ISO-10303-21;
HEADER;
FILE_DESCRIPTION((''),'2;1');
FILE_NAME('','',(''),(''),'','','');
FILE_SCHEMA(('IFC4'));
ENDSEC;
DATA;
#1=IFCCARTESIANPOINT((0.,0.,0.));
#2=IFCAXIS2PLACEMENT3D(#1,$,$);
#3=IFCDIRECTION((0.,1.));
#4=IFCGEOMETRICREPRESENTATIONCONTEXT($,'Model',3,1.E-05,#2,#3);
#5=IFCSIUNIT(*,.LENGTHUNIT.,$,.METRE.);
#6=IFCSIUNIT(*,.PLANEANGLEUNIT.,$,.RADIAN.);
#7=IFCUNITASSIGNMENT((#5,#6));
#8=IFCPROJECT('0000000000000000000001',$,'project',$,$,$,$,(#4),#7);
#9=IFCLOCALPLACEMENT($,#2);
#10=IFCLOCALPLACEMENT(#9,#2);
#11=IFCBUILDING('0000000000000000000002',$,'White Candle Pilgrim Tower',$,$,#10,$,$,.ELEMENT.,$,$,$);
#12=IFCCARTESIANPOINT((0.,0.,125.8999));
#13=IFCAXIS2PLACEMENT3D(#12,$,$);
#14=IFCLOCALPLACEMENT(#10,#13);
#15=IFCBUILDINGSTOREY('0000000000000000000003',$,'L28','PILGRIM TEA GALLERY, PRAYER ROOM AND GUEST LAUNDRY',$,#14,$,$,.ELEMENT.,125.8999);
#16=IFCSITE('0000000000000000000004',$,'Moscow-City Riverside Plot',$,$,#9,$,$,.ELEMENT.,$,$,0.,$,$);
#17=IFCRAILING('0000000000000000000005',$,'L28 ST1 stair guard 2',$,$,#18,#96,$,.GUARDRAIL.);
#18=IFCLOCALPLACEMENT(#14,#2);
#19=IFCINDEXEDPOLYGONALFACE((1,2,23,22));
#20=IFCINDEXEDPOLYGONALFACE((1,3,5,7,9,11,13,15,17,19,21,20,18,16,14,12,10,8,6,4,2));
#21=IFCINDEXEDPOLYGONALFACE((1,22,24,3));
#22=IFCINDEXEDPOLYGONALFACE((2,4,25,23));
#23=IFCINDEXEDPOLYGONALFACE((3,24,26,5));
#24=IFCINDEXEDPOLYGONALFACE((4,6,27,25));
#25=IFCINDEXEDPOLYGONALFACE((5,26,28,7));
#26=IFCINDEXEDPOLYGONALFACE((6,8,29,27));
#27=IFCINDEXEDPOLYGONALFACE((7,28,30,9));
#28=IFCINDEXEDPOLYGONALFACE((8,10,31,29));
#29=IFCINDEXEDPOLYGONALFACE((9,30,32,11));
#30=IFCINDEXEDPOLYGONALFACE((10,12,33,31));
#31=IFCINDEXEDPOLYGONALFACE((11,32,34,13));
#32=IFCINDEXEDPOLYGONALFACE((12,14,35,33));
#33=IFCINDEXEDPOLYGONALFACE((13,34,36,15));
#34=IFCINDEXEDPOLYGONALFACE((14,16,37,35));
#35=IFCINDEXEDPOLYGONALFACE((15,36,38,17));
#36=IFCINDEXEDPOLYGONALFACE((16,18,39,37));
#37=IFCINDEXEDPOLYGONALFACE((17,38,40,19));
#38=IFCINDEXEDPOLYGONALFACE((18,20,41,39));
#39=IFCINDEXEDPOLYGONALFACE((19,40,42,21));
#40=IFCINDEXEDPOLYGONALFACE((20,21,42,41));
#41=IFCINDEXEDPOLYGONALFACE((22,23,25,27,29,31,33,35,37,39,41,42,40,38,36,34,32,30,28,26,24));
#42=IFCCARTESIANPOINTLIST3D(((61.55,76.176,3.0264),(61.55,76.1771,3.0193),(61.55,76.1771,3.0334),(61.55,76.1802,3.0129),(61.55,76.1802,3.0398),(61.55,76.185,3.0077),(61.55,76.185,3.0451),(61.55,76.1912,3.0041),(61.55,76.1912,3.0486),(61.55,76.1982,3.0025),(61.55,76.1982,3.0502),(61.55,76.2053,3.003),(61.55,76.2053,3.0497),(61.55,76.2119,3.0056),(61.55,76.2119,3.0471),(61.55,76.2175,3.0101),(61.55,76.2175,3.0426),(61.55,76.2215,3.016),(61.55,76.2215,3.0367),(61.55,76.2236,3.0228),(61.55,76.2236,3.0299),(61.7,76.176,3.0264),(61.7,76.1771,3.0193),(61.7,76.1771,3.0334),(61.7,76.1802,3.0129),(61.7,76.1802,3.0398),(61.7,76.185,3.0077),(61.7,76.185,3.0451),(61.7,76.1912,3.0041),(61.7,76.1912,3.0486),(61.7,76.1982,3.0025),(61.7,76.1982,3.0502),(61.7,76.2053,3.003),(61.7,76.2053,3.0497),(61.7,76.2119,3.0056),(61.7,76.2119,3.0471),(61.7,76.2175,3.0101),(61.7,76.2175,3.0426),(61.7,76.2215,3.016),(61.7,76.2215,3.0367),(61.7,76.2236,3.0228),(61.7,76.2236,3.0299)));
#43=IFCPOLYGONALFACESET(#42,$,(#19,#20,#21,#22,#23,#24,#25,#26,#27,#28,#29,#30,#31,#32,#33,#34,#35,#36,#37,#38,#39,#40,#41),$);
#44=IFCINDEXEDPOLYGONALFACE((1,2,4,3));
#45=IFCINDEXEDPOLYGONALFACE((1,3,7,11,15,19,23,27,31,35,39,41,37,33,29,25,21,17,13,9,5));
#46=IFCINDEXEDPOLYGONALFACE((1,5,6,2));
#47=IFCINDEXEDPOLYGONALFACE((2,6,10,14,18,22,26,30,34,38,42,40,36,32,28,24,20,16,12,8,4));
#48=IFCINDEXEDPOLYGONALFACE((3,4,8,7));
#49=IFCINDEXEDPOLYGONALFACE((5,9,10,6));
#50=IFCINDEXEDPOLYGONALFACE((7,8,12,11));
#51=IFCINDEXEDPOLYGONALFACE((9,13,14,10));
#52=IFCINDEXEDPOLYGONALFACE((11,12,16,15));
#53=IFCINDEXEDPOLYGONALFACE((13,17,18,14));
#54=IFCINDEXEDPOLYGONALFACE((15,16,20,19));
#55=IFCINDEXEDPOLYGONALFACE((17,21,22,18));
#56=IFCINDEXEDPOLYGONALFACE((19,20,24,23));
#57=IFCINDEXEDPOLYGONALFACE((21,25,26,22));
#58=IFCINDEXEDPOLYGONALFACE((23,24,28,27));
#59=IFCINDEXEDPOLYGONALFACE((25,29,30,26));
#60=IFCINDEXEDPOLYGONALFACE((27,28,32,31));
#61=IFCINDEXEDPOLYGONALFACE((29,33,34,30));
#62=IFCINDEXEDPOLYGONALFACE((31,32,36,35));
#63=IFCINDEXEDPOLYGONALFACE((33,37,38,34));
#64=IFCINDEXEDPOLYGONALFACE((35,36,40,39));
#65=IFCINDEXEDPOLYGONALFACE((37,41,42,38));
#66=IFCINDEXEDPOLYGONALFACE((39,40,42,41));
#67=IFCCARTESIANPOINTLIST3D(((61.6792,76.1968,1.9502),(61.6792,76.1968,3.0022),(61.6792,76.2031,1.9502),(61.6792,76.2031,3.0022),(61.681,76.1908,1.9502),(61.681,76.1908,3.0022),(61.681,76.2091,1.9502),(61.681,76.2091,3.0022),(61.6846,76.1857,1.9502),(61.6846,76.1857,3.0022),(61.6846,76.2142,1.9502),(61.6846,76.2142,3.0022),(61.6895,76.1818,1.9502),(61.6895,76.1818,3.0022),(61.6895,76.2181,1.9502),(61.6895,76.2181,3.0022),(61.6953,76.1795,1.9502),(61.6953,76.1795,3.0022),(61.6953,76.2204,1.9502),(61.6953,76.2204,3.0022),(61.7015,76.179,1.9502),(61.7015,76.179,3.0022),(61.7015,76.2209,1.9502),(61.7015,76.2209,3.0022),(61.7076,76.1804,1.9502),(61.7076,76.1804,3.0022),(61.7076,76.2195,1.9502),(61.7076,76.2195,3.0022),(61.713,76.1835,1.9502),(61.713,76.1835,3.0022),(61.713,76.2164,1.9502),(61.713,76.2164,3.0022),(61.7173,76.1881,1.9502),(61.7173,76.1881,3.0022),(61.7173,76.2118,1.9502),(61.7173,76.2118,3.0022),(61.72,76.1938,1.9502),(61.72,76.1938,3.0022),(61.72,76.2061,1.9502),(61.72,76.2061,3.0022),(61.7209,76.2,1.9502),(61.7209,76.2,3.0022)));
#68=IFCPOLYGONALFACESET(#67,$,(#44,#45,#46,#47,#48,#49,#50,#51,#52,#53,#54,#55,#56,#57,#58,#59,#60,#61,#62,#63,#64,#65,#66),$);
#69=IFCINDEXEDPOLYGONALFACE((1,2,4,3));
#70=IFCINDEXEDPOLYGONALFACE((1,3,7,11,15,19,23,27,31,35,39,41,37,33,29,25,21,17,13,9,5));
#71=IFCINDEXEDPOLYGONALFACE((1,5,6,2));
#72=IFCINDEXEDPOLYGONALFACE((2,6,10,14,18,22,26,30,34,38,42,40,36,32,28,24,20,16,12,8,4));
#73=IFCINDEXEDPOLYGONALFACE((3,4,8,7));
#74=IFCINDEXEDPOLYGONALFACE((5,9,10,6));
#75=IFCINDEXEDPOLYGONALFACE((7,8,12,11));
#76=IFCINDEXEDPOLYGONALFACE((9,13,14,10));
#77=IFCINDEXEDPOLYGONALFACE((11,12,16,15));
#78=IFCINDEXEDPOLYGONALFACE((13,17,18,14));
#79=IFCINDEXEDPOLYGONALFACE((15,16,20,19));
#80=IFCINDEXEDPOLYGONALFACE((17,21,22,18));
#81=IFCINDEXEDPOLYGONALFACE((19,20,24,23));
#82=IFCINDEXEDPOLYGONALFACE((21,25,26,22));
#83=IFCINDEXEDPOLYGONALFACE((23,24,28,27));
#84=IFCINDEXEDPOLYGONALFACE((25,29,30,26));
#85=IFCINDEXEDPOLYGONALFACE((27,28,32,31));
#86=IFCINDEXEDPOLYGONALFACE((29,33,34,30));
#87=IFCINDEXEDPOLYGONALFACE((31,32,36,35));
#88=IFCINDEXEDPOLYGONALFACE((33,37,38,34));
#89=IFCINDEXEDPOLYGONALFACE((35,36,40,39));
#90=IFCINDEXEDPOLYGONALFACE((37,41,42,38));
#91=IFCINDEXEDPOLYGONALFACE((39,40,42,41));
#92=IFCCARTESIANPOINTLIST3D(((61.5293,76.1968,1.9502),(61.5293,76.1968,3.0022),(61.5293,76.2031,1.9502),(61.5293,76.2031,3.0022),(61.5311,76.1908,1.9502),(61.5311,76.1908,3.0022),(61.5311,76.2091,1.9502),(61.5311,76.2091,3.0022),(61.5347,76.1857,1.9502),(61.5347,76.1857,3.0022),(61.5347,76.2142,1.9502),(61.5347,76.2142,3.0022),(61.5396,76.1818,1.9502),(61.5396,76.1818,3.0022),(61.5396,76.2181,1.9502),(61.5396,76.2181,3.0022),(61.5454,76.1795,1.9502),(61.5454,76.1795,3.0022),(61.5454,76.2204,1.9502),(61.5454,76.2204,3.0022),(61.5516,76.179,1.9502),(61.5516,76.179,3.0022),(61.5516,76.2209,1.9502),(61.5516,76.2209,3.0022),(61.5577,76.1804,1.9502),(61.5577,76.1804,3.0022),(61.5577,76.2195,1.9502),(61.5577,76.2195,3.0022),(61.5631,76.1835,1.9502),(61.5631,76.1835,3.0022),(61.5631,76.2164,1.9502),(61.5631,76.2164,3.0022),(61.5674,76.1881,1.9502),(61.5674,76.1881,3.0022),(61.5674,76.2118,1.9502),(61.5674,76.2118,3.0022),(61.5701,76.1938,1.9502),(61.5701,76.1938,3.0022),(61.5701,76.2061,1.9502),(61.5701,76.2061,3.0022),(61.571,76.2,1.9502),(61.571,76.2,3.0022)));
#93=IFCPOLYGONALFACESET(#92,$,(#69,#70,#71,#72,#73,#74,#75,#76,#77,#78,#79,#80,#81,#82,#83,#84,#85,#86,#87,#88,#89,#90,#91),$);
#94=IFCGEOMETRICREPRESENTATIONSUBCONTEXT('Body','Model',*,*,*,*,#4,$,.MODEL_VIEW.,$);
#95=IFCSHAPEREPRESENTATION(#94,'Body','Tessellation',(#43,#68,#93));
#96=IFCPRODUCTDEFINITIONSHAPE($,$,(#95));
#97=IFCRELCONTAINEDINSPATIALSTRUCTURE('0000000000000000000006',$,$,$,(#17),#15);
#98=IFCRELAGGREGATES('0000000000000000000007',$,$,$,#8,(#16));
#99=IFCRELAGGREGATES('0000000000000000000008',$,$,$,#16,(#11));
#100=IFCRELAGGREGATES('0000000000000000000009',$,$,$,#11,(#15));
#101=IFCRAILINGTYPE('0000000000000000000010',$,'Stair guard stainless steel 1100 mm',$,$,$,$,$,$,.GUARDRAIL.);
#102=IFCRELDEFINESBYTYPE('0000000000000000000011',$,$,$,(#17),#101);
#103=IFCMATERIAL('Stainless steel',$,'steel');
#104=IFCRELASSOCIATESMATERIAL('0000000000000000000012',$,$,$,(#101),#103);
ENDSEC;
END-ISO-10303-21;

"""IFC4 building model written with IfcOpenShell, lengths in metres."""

from ifc_helpers import new_model, si_unit, direction, frame, origin, origin_2d, place, context, subcontext, project, spatial, circle, extrude, material, type_object, element, save


model = new_model("IFC4")

# Units and contexts
model_context = context("Model", 3, precision=1e-05, world=origin(), true_north=direction((0.0, 1.0)))
body_context = subcontext(model_context, "Body", "Model", "MODEL_VIEW")
ifc_project = project(units=[si_unit("LENGTHUNIT", "METRE"), si_unit("PLANEANGLEUNIT", "RADIAN")], contexts=[model_context])

# Site, building, storey
site_placement = place(None, origin())
site = spatial("IfcSite", under=ifc_project, at=site_placement, Name="Moscow-City Riverside Plot", CompositionType="ELEMENT", RefElevation=0.0)
building_placement = place(site_placement, origin())
building = spatial("IfcBuilding", under=site, at=building_placement, Name="White Candle Pilgrim Tower", CompositionType="ELEMENT")
storey_placement = place(building_placement, frame((0.0, 0.0, 125.8999)))
storey = spatial("IfcBuildingStorey", under=building, at=storey_placement, Name="L28", Description="PILGRIM TEA GALLERY, PRAYER ROOM AND GUEST LAUNDRY", CompositionType="ELEMENT", Elevation=125.8999)

# Railing
ifc_material_1 = material(Name="Stainless steel", Category="steel")
railing_type_1 = type_object("IfcRailingType", Name="Stair guard stainless steel 1100 mm", PredefinedType="GUARDRAIL", material=ifc_material_1)
railing_1_placement = place(storey_placement, frame((61.7, 76.2, 1.9502)))
element("IfcRailing", 1, at=railing_1_placement, inside=storey, type_object=railing_type_1, Name="L28 ST1 stair guard 2", PredefinedType="GUARDRAIL", context=body_context, shape_type="SweptSolid", body=[
    extrude(circle(Radius=0.0239, at=origin_2d()), frame((0.0, 0.0, 1.0762), z_axis=(-1.0, 0.0, 0.0), x_axis=(0.0, -1.0, 0.0)), (0.0, 0.0, 1.0), 0.1499),
    extrude(circle(Radius=0.021, at=origin_2d()), origin(), (0.0, 0.0, 1.0), 1.052),
    extrude(circle(Radius=0.021, at=origin_2d()), frame((-0.1499, 0.0, 0.0)), (0.0, 0.0, 1.0), 1.052),
])

save(model, "model.ifc")
